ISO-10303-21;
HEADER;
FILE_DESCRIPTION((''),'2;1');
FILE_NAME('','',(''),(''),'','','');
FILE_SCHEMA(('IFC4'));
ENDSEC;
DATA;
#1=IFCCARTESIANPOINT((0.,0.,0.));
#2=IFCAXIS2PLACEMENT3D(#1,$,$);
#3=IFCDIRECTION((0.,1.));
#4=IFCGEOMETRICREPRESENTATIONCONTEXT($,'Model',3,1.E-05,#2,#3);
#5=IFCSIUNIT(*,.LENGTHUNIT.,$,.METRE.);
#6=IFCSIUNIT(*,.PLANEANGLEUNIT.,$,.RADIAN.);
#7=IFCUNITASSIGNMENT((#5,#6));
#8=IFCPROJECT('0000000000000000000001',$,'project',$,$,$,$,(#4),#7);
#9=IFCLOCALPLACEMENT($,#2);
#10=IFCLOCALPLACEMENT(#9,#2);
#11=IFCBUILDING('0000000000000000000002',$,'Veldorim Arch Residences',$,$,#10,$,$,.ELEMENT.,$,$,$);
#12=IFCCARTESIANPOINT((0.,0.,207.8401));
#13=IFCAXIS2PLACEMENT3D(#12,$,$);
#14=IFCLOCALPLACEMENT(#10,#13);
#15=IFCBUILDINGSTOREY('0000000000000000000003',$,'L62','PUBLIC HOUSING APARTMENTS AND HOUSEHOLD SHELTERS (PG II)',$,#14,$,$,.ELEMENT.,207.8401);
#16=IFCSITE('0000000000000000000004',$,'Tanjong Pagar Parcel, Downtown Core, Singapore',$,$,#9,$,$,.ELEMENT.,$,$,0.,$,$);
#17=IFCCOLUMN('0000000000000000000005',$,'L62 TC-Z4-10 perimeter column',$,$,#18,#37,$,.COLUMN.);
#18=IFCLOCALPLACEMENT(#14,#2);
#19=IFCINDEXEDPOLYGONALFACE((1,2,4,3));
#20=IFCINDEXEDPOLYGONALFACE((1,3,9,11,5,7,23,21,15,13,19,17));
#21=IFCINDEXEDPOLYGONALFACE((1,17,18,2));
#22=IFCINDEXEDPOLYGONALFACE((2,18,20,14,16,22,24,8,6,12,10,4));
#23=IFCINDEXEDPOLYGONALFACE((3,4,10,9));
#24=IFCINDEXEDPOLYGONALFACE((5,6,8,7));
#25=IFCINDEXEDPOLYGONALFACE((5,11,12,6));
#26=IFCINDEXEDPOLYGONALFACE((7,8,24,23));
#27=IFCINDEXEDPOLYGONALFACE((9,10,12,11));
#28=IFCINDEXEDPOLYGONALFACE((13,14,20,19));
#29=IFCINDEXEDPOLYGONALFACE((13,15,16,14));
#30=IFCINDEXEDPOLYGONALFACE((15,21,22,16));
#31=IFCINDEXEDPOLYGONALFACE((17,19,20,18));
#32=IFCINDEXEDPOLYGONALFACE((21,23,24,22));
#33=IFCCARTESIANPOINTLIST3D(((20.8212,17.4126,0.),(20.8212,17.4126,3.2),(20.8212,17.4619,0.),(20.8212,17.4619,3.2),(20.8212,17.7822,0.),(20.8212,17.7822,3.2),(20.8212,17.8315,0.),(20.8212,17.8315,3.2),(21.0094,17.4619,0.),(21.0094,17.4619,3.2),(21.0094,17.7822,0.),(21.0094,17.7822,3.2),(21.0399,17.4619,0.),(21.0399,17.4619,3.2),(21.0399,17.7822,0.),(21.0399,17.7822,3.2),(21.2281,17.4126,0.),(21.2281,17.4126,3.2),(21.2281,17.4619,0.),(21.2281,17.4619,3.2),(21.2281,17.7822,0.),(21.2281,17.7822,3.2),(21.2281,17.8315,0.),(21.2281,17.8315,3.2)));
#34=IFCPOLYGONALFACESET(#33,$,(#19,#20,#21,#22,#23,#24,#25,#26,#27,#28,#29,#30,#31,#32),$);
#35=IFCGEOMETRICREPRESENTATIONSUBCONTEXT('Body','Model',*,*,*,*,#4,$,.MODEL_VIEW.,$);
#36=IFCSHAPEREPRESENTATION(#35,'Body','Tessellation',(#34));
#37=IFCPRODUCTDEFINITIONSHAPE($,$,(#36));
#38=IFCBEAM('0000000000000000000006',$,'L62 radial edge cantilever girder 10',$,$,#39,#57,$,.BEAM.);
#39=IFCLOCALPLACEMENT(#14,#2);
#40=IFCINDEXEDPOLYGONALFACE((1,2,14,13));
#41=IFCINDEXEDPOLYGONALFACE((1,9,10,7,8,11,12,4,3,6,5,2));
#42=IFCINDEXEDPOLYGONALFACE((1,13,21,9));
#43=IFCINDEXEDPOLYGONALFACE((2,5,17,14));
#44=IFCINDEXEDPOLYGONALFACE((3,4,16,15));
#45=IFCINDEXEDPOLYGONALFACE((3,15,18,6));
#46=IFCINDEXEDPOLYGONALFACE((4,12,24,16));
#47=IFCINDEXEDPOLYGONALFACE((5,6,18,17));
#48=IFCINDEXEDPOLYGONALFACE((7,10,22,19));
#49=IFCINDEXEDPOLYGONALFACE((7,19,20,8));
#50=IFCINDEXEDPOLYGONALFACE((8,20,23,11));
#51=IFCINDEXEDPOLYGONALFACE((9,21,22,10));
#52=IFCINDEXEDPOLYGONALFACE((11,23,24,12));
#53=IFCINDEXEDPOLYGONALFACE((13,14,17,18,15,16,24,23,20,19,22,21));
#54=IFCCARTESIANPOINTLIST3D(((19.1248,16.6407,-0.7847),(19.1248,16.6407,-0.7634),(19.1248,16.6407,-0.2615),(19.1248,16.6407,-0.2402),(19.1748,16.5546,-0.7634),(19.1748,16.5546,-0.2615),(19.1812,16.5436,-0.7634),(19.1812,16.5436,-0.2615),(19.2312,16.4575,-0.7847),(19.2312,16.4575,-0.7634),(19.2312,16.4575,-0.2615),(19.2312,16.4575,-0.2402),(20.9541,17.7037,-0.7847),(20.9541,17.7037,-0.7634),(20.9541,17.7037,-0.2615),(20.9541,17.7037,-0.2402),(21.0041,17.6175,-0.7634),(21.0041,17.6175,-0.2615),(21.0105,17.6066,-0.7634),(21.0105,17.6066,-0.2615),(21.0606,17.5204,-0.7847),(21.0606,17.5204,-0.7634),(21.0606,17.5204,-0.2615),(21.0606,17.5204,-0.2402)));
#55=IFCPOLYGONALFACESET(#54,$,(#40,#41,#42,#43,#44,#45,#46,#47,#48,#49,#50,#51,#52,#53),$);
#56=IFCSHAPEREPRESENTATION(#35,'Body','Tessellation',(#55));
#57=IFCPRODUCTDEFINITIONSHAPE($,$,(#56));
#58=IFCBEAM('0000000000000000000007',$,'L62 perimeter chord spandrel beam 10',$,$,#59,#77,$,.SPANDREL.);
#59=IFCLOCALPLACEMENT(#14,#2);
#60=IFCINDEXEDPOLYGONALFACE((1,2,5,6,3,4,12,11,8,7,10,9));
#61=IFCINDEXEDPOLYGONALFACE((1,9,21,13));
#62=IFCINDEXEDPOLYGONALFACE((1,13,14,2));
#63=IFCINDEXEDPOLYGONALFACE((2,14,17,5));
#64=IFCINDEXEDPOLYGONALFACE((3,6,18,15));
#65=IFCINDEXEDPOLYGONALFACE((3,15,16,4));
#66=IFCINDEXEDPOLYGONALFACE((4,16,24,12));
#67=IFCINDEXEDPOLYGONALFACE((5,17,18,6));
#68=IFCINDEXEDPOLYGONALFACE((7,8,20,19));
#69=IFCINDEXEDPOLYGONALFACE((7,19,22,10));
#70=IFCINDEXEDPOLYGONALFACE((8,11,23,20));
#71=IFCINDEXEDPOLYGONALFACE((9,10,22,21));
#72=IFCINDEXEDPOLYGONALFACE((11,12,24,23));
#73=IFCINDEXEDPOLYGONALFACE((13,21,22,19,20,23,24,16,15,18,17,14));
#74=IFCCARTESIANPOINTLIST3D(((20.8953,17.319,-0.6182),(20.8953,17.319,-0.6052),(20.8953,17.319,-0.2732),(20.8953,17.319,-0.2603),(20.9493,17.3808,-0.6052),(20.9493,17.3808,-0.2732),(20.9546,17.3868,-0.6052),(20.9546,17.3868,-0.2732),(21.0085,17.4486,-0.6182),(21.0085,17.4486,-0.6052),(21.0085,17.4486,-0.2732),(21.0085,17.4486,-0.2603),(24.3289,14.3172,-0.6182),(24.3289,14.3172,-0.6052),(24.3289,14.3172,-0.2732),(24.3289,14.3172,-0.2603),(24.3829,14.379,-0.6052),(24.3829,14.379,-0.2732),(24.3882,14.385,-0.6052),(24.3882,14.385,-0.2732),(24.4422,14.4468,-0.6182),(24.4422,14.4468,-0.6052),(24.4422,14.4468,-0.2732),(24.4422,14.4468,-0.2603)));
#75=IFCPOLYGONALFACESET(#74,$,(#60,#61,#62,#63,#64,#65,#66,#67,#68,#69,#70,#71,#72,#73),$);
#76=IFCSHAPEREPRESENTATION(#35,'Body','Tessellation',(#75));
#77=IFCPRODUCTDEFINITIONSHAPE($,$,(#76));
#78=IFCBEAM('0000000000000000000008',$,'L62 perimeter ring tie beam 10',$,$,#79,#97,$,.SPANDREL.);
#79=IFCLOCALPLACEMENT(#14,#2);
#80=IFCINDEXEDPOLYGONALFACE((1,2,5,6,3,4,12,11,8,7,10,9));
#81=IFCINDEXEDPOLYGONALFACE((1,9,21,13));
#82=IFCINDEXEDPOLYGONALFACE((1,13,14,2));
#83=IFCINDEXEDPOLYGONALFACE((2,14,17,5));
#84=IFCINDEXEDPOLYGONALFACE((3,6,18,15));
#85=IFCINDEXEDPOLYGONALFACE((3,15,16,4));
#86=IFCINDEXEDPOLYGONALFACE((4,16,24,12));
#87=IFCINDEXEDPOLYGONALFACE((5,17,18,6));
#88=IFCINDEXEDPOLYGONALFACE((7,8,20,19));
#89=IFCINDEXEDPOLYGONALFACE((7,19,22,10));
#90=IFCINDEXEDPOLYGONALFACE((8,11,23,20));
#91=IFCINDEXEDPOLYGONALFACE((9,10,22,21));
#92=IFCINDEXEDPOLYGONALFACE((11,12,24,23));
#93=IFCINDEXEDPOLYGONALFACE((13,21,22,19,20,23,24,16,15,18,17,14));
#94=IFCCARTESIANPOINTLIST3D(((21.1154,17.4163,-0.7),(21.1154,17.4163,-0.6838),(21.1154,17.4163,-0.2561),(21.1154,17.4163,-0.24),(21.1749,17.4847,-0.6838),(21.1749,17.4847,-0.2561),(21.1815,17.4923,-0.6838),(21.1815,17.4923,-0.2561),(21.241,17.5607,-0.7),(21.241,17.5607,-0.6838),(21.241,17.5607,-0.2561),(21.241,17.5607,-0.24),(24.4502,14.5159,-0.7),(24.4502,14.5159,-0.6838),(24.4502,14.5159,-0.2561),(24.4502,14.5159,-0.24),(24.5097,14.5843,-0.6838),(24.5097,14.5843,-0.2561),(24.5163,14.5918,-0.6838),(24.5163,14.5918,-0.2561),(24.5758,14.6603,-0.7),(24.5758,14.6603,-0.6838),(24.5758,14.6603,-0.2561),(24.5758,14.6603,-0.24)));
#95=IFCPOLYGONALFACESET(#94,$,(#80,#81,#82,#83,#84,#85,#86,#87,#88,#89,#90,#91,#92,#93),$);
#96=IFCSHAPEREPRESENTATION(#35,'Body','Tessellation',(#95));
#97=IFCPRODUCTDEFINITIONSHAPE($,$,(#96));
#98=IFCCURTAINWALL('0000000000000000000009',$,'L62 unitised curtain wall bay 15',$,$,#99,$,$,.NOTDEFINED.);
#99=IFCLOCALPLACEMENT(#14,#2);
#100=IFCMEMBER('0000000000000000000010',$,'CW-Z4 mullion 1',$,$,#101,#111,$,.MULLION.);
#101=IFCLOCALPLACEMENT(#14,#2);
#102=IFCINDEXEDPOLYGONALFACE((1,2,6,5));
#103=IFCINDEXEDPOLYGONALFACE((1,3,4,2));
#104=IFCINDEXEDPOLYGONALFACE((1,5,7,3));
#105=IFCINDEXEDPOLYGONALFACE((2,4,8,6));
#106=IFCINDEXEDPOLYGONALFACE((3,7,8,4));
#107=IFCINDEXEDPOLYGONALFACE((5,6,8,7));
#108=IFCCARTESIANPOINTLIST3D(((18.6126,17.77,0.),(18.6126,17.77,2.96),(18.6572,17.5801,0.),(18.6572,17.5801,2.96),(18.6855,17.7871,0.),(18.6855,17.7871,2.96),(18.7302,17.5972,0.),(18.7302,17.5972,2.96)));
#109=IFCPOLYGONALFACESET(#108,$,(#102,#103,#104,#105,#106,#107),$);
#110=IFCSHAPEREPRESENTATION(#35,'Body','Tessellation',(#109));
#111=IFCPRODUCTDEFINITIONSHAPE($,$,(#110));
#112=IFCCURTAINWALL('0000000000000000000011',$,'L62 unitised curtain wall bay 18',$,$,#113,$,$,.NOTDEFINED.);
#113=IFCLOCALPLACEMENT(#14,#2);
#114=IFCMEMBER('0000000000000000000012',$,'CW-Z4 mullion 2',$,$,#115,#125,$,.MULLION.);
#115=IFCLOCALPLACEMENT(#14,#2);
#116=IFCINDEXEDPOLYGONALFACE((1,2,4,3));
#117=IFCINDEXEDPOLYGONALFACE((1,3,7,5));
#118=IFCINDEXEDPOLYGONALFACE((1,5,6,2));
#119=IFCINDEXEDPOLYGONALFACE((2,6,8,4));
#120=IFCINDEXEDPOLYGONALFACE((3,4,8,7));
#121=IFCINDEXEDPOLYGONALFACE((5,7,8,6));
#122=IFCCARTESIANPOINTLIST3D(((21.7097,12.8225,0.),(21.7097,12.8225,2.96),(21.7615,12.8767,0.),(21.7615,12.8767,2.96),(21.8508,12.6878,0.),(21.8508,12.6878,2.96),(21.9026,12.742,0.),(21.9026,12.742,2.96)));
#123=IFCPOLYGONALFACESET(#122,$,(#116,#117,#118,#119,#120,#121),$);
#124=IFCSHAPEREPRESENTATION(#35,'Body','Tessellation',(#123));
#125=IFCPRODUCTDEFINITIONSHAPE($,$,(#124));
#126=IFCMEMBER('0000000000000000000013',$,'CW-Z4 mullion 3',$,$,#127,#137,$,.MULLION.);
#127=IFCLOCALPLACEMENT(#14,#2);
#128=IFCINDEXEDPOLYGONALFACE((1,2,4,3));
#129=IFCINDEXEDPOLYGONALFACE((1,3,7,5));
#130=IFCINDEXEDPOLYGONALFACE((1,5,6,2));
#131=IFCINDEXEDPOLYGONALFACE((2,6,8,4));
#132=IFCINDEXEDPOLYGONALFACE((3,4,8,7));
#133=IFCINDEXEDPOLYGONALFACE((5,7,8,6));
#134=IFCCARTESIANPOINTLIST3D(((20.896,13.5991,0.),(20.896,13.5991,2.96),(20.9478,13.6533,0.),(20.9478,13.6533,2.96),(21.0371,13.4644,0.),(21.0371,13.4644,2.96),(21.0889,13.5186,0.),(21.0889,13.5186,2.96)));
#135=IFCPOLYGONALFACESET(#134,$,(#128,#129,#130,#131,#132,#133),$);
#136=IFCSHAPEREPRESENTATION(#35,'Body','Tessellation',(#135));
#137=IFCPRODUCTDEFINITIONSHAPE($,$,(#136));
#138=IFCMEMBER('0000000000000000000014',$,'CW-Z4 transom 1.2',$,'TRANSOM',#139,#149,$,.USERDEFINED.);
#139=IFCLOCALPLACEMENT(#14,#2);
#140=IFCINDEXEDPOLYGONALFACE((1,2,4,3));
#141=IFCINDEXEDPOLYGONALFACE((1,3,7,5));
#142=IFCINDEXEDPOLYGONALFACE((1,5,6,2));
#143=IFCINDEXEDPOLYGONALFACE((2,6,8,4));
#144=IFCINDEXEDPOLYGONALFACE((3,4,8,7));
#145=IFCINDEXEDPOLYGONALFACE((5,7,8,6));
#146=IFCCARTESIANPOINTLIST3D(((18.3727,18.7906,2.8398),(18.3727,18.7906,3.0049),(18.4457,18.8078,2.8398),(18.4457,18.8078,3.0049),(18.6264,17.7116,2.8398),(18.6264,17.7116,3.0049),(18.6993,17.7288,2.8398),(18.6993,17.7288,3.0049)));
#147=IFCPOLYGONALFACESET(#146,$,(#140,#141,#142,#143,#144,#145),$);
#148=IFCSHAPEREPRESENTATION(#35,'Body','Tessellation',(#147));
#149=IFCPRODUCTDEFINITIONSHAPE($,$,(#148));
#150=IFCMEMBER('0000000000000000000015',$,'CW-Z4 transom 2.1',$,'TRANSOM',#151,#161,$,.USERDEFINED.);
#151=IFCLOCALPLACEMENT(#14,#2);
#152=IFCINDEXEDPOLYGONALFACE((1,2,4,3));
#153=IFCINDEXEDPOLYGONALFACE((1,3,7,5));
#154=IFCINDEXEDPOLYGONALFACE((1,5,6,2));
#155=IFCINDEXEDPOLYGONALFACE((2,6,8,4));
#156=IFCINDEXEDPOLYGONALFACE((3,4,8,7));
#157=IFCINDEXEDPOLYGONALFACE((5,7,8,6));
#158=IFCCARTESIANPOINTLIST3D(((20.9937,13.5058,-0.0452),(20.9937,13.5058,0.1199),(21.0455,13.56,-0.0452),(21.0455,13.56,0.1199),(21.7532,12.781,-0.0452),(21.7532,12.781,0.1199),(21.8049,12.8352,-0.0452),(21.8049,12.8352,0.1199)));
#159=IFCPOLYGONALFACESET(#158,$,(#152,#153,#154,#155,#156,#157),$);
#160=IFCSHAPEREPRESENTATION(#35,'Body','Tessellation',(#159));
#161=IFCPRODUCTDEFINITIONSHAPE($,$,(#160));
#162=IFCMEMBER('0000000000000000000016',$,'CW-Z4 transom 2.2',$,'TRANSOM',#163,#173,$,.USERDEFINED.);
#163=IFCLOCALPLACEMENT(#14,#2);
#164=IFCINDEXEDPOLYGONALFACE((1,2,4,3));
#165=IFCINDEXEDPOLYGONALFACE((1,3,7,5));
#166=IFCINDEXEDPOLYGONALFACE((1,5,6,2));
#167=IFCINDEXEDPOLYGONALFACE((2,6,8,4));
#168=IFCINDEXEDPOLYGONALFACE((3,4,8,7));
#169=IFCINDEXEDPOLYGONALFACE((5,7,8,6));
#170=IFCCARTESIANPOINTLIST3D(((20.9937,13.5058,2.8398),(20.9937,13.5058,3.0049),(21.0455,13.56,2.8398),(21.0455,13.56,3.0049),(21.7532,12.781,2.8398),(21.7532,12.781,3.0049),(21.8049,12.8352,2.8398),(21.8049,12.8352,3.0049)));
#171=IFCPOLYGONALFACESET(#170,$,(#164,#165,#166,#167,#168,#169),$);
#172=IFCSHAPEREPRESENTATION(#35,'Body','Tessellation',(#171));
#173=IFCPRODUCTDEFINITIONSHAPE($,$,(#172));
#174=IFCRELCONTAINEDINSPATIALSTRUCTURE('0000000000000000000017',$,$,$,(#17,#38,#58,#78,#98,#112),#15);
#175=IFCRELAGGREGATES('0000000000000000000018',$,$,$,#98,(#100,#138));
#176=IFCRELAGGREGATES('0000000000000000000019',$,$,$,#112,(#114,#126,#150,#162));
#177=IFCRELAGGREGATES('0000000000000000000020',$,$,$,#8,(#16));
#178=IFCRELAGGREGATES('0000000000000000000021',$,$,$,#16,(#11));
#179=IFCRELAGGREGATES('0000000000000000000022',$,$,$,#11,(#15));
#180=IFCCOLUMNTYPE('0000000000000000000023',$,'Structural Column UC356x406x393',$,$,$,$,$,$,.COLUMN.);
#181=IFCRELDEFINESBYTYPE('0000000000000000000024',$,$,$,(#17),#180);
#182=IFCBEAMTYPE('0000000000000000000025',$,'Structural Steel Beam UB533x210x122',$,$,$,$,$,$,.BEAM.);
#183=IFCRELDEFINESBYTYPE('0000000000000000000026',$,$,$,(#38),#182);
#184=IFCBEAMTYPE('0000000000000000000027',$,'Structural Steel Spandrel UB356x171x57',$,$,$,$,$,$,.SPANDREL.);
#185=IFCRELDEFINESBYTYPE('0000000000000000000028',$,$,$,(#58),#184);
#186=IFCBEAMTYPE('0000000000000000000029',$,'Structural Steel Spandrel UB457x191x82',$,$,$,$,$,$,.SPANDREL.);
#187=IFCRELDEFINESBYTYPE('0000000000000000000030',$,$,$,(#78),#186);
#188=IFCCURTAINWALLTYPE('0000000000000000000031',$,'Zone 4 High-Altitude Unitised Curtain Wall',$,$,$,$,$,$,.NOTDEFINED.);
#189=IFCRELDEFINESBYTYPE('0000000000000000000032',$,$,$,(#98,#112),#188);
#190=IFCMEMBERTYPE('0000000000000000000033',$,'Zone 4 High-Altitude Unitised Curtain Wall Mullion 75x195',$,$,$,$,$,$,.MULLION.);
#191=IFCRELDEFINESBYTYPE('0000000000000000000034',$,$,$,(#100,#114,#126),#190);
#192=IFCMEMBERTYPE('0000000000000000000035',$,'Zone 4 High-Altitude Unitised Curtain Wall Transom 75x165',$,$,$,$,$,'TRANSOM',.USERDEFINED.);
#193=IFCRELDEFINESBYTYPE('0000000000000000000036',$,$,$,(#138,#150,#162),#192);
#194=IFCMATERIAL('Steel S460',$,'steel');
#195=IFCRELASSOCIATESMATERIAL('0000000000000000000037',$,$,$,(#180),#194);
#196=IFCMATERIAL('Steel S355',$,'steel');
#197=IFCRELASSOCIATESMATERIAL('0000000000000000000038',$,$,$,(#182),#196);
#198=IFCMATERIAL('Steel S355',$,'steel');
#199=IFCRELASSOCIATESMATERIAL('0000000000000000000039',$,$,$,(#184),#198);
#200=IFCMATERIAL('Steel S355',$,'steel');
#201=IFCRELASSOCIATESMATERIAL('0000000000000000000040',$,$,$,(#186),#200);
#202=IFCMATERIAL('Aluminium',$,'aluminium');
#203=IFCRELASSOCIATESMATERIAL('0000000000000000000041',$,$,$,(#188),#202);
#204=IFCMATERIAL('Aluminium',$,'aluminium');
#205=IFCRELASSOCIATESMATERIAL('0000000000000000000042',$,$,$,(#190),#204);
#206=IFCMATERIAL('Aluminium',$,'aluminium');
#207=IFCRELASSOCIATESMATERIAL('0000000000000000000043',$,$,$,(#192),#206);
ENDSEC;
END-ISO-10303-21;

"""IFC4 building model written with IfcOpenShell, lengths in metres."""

from ifc_helpers import new_model, si_unit, direction, frame, origin, origin_2d, place, context, subcontext, project, spatial, rectangle, i_section, extrude, material, material_profile, profile_set, type_object, element, aggregate, save


model = new_model("IFC4")

# Units and contexts
model_context = context("Model", 3, precision=1e-05, world=origin(), true_north=direction((0.0, 1.0)))
body_context = subcontext(model_context, "Body", "Model", "MODEL_VIEW")
ifc_project = project(units=[si_unit("LENGTHUNIT", "METRE"), si_unit("PLANEANGLEUNIT", "RADIAN")], contexts=[model_context])

# Site, building, storey
site_placement = place(None, origin())
site = spatial("IfcSite", under=ifc_project, at=site_placement, Name="Tanjong Pagar Parcel, Downtown Core, Singapore", CompositionType="ELEMENT", RefElevation=0.0)
building_placement = place(site_placement, origin())
building = spatial("IfcBuilding", under=site, at=building_placement, Name="Veldorim Arch Residences", CompositionType="ELEMENT")
storey_placement = place(building_placement, frame((0.0, 0.0, 207.8401)))
storey = spatial("IfcBuildingStorey", under=building, at=storey_placement, Name="L62", Description="PUBLIC HOUSING APARTMENTS AND HOUSEHOLD SHELTERS (PG II)", CompositionType="ELEMENT", Elevation=207.8401)

# Column
ifc_material_1 = material(Name="Steel S460", Category="steel")
ifc_material_profile_1 = material_profile(ifc_material_1, i_section(OverallWidth=0.407, OverallDepth=0.4189, WebThickness=0.0305, FlangeThickness=0.0493, at=origin_2d()), Name="UC356x406x393")
ifc_profile_set_1 = profile_set([ifc_material_profile_1], Name="Steel S460")
column_type = type_object("IfcColumnType", Name="Structural Column UC356x406x393", PredefinedType="COLUMN", material=ifc_profile_set_1)
column_placement = place(storey_placement, frame((21.0247, 17.6221, 0.0), z_axis=(0.0, 0.0, 1.0), x_axis=(1.0, 0.0, 0.0)))
element("IfcColumn", 1, at=column_placement, inside=storey, type_object=column_type, Name="L62 TC-Z4-10 perimeter column", PredefinedType="COLUMN", context=body_context, shape_type="SweptSolid", body=[
    extrude(i_section(OverallWidth=0.407, OverallDepth=0.4189, WebThickness=0.0305, FlangeThickness=0.0493, at=origin_2d()), origin(), (0.0, 0.0, 1.0), 3.2),
])

# Beams
ifc_material_2 = material(Name="Steel S355", Category="steel")
ifc_material_profile_2 = material_profile(ifc_material_2, i_section(OverallWidth=0.2119, OverallDepth=0.5444, WebThickness=0.0127, FlangeThickness=0.0212, at=origin_2d()), Name="UB533x210x122")
ifc_profile_set_2 = profile_set([ifc_material_profile_2], Name="Steel S355")
beam_type_1 = type_object("IfcBeamType", Name="Structural Steel Beam UB533x210x122", PredefinedType="BEAM", material=ifc_profile_set_2)
beam_1_placement = place(storey_placement, frame((21.0073, 17.6121, -0.5125), z_axis=(-0.864627, -0.502414, 0.0), x_axis=(0.502414, -0.864627, 0.0)))
element("IfcBeam", 2, at=beam_1_placement, inside=storey, type_object=beam_type_1, Name="L62 radial edge cantilever girder 10", PredefinedType="BEAM", context=body_context, shape_type="SweptSolid", body=[
    extrude(i_section(OverallWidth=0.2119, OverallDepth=0.5444, WebThickness=0.0127, FlangeThickness=0.0212, at=origin_2d()), origin(), (0.0, 0.0, 1.0), 2.1157),
])
ifc_material_3 = material(Name="Steel S355", Category="steel")
ifc_material_profile_3 = material_profile(ifc_material_3, i_section(OverallWidth=0.1721, OverallDepth=0.3579, WebThickness=0.0081, FlangeThickness=0.0129, at=origin_2d()), Name="UB356x171x57")
ifc_profile_set_3 = profile_set([ifc_material_profile_3], Name="Steel S355")
beam_type_2 = type_object("IfcBeamType", Name="Structural Steel Spandrel UB356x171x57", PredefinedType="SPANDREL", material=ifc_profile_set_3)
beam_2_placement = place(storey_placement, frame((20.9519, 17.3838, -0.4392), z_axis=(0.752868, -0.658171, 0.0), x_axis=(0.658171, 0.752868, 0.0)))
element("IfcBeam", 3, at=beam_2_placement, inside=storey, type_object=beam_type_2, Name="L62 perimeter chord spandrel beam 10", PredefinedType="SPANDREL", context=body_context, shape_type="SweptSolid", body=[
    extrude(i_section(OverallWidth=0.1721, OverallDepth=0.3579, WebThickness=0.0081, FlangeThickness=0.0129, at=origin_2d()), origin(), (0.0, 0.0, 1.0), 4.5608),
])
ifc_material_4 = material(Name="Steel S355", Category="steel")
ifc_material_profile_4 = material_profile(ifc_material_4, i_section(OverallWidth=0.1914, OverallDepth=0.46, WebThickness=0.01, FlangeThickness=0.0161, at=origin_2d()), Name="UB457x191x82")
ifc_profile_set_4 = profile_set([ifc_material_profile_4], Name="Steel S355")
beam_type_3 = type_object("IfcBeamType", Name="Structural Steel Spandrel UB457x191x82", PredefinedType="SPANDREL", material=ifc_profile_set_4)
beam_3_placement = place(storey_placement, frame((21.1782, 17.4885, -0.47), z_axis=(0.754534, -0.656261, 0.0), x_axis=(0.656261, 0.754534, 0.0)))
element("IfcBeam", 4, at=beam_3_placement, inside=storey, type_object=beam_type_3, Name="L62 perimeter ring tie beam 10", PredefinedType="SPANDREL", context=body_context, shape_type="SweptSolid", body=[
    extrude(i_section(OverallWidth=0.1914, OverallDepth=0.46, WebThickness=0.01, FlangeThickness=0.0161, at=origin_2d()), origin(), (0.0, 0.0, 1.0), 4.4197),
])

# Curtain wall, member
ifc_material_5 = material(Name="Aluminium", Category="aluminium")
curtain_wall_type = type_object("IfcCurtainWallType", Name="Zone 4 High-Altitude Unitised Curtain Wall", PredefinedType="NOTDEFINED", material=ifc_material_5)
curtain_wall_1_placement = place(storey_placement, origin())
curtain_wall_1 = element("IfcCurtainWall", 5, at=curtain_wall_1_placement, inside=storey, type_object=curtain_wall_type, Name="L62 unitised curtain wall bay 15", PredefinedType="NOTDEFINED")
ifc_material_6 = material(Name="Aluminium", Category="aluminium")
ifc_material_profile_5 = material_profile(ifc_material_6, rectangle(XDim=0.075, YDim=0.1951, at=origin_2d()), Name="ALU_MUL_75x195")
ifc_profile_set_5 = profile_set([ifc_material_profile_5], Name="Aluminium")
member_type_1 = type_object("IfcMemberType", Name="Zone 4 High-Altitude Unitised Curtain Wall Mullion 75x195", PredefinedType="MULLION", material=ifc_profile_set_5)
member_1_placement = place(storey_placement, frame((18.6714, 17.6836, 0.0), z_axis=(0.0, 0.0, 1.0), x_axis=(-0.973448, -0.228907, 0.0)))
member_1 = element("IfcMember", 6, at=member_1_placement, type_object=member_type_1, Name="CW-Z4 mullion 1", PredefinedType="MULLION", context=body_context, shape_type="SweptSolid", body=[
    extrude(rectangle(XDim=0.075, YDim=0.1951, at=origin_2d()), origin(), (0.0, 0.0, 1.0), 2.96),
])

# Curtain wall, members
curtain_wall_2_placement = place(storey_placement, origin())
curtain_wall_2 = element("IfcCurtainWall", 7, at=curtain_wall_2_placement, inside=storey, type_object=curtain_wall_type, Name="L62 unitised curtain wall bay 18", PredefinedType="NOTDEFINED")
member_2_placement = place(storey_placement, frame((21.8062, 12.7822, 0.0), z_axis=(0.0, 0.0, 1.0), x_axis=(-0.690461, -0.723369, 0.0)))
member_2 = element("IfcMember", 8, at=member_2_placement, type_object=member_type_1, Name="CW-Z4 mullion 2", PredefinedType="MULLION", context=body_context, shape_type="SweptSolid", body=[
    extrude(rectangle(XDim=0.075, YDim=0.1951, at=origin_2d()), origin(), (0.0, 0.0, 1.0), 2.96),
])
member_3_placement = place(storey_placement, frame((20.9924, 13.5588, 0.0), z_axis=(0.0, 0.0, 1.0), x_axis=(-0.690461, -0.723369, 0.0)))
member_3 = element("IfcMember", 9, at=member_3_placement, type_object=member_type_1, Name="CW-Z4 mullion 3", PredefinedType="MULLION", context=body_context, shape_type="SweptSolid", body=[
    extrude(rectangle(XDim=0.075, YDim=0.1951, at=origin_2d()), origin(), (0.0, 0.0, 1.0), 2.96),
])

# Members
ifc_material_7 = material(Name="Aluminium", Category="aluminium")
ifc_material_profile_6 = material_profile(ifc_material_7, rectangle(XDim=0.075, YDim=0.165, at=origin_2d()), Name="ALU_TRN_75x165")
ifc_profile_set_6 = profile_set([ifc_material_profile_6], Name="Aluminium")
member_type_2 = type_object("IfcMemberType", Name="Zone 4 High-Altitude Unitised Curtain Wall Transom 75x165", ElementType="TRANSOM", PredefinedType="USERDEFINED", material=ifc_profile_set_6)
member_4_placement = place(storey_placement, frame((18.6628, 17.7202, 2.9224), z_axis=(-0.228831, 0.973466, 0.0), x_axis=(-0.973466, -0.228831, 0.0)))
member_4 = element("IfcMember", 10, at=member_4_placement, type_object=member_type_2, Name="CW-Z4 transom 1.2", ObjectType="TRANSOM", PredefinedType="USERDEFINED", context=body_context, shape_type="SweptSolid", body=[
    extrude(rectangle(XDim=0.075, YDim=0.165, at=origin_2d()), origin(), (0.0, 0.0, 1.0), 1.1084),
])
aggregate(curtain_wall_1, [member_1, member_4])
member_5_placement = place(storey_placement, frame((21.7791, 12.8081, 0.0374), z_axis=(-0.723424, 0.690404, 0.0), x_axis=(-0.690404, -0.723424, 0.0)))
member_5 = element("IfcMember", 11, at=member_5_placement, type_object=member_type_2, Name="CW-Z4 transom 2.1", ObjectType="TRANSOM", PredefinedType="USERDEFINED", context=body_context, shape_type="SweptSolid", body=[
    extrude(rectangle(XDim=0.075, YDim=0.165, at=origin_2d()), origin(), (0.0, 0.0, 1.0), 1.0498),
])
member_6_placement = place(storey_placement, frame((21.7791, 12.8081, 2.9224), z_axis=(-0.723424, 0.690404, 0.0), x_axis=(-0.690404, -0.723424, 0.0)))
member_6 = element("IfcMember", 12, at=member_6_placement, type_object=member_type_2, Name="CW-Z4 transom 2.2", ObjectType="TRANSOM", PredefinedType="USERDEFINED", context=body_context, shape_type="SweptSolid", body=[
    extrude(rectangle(XDim=0.075, YDim=0.165, at=origin_2d()), origin(), (0.0, 0.0, 1.0), 1.0498),
])

aggregate(curtain_wall_2, [member_2, member_3, member_5, member_6])

save(model, "model.ifc")
